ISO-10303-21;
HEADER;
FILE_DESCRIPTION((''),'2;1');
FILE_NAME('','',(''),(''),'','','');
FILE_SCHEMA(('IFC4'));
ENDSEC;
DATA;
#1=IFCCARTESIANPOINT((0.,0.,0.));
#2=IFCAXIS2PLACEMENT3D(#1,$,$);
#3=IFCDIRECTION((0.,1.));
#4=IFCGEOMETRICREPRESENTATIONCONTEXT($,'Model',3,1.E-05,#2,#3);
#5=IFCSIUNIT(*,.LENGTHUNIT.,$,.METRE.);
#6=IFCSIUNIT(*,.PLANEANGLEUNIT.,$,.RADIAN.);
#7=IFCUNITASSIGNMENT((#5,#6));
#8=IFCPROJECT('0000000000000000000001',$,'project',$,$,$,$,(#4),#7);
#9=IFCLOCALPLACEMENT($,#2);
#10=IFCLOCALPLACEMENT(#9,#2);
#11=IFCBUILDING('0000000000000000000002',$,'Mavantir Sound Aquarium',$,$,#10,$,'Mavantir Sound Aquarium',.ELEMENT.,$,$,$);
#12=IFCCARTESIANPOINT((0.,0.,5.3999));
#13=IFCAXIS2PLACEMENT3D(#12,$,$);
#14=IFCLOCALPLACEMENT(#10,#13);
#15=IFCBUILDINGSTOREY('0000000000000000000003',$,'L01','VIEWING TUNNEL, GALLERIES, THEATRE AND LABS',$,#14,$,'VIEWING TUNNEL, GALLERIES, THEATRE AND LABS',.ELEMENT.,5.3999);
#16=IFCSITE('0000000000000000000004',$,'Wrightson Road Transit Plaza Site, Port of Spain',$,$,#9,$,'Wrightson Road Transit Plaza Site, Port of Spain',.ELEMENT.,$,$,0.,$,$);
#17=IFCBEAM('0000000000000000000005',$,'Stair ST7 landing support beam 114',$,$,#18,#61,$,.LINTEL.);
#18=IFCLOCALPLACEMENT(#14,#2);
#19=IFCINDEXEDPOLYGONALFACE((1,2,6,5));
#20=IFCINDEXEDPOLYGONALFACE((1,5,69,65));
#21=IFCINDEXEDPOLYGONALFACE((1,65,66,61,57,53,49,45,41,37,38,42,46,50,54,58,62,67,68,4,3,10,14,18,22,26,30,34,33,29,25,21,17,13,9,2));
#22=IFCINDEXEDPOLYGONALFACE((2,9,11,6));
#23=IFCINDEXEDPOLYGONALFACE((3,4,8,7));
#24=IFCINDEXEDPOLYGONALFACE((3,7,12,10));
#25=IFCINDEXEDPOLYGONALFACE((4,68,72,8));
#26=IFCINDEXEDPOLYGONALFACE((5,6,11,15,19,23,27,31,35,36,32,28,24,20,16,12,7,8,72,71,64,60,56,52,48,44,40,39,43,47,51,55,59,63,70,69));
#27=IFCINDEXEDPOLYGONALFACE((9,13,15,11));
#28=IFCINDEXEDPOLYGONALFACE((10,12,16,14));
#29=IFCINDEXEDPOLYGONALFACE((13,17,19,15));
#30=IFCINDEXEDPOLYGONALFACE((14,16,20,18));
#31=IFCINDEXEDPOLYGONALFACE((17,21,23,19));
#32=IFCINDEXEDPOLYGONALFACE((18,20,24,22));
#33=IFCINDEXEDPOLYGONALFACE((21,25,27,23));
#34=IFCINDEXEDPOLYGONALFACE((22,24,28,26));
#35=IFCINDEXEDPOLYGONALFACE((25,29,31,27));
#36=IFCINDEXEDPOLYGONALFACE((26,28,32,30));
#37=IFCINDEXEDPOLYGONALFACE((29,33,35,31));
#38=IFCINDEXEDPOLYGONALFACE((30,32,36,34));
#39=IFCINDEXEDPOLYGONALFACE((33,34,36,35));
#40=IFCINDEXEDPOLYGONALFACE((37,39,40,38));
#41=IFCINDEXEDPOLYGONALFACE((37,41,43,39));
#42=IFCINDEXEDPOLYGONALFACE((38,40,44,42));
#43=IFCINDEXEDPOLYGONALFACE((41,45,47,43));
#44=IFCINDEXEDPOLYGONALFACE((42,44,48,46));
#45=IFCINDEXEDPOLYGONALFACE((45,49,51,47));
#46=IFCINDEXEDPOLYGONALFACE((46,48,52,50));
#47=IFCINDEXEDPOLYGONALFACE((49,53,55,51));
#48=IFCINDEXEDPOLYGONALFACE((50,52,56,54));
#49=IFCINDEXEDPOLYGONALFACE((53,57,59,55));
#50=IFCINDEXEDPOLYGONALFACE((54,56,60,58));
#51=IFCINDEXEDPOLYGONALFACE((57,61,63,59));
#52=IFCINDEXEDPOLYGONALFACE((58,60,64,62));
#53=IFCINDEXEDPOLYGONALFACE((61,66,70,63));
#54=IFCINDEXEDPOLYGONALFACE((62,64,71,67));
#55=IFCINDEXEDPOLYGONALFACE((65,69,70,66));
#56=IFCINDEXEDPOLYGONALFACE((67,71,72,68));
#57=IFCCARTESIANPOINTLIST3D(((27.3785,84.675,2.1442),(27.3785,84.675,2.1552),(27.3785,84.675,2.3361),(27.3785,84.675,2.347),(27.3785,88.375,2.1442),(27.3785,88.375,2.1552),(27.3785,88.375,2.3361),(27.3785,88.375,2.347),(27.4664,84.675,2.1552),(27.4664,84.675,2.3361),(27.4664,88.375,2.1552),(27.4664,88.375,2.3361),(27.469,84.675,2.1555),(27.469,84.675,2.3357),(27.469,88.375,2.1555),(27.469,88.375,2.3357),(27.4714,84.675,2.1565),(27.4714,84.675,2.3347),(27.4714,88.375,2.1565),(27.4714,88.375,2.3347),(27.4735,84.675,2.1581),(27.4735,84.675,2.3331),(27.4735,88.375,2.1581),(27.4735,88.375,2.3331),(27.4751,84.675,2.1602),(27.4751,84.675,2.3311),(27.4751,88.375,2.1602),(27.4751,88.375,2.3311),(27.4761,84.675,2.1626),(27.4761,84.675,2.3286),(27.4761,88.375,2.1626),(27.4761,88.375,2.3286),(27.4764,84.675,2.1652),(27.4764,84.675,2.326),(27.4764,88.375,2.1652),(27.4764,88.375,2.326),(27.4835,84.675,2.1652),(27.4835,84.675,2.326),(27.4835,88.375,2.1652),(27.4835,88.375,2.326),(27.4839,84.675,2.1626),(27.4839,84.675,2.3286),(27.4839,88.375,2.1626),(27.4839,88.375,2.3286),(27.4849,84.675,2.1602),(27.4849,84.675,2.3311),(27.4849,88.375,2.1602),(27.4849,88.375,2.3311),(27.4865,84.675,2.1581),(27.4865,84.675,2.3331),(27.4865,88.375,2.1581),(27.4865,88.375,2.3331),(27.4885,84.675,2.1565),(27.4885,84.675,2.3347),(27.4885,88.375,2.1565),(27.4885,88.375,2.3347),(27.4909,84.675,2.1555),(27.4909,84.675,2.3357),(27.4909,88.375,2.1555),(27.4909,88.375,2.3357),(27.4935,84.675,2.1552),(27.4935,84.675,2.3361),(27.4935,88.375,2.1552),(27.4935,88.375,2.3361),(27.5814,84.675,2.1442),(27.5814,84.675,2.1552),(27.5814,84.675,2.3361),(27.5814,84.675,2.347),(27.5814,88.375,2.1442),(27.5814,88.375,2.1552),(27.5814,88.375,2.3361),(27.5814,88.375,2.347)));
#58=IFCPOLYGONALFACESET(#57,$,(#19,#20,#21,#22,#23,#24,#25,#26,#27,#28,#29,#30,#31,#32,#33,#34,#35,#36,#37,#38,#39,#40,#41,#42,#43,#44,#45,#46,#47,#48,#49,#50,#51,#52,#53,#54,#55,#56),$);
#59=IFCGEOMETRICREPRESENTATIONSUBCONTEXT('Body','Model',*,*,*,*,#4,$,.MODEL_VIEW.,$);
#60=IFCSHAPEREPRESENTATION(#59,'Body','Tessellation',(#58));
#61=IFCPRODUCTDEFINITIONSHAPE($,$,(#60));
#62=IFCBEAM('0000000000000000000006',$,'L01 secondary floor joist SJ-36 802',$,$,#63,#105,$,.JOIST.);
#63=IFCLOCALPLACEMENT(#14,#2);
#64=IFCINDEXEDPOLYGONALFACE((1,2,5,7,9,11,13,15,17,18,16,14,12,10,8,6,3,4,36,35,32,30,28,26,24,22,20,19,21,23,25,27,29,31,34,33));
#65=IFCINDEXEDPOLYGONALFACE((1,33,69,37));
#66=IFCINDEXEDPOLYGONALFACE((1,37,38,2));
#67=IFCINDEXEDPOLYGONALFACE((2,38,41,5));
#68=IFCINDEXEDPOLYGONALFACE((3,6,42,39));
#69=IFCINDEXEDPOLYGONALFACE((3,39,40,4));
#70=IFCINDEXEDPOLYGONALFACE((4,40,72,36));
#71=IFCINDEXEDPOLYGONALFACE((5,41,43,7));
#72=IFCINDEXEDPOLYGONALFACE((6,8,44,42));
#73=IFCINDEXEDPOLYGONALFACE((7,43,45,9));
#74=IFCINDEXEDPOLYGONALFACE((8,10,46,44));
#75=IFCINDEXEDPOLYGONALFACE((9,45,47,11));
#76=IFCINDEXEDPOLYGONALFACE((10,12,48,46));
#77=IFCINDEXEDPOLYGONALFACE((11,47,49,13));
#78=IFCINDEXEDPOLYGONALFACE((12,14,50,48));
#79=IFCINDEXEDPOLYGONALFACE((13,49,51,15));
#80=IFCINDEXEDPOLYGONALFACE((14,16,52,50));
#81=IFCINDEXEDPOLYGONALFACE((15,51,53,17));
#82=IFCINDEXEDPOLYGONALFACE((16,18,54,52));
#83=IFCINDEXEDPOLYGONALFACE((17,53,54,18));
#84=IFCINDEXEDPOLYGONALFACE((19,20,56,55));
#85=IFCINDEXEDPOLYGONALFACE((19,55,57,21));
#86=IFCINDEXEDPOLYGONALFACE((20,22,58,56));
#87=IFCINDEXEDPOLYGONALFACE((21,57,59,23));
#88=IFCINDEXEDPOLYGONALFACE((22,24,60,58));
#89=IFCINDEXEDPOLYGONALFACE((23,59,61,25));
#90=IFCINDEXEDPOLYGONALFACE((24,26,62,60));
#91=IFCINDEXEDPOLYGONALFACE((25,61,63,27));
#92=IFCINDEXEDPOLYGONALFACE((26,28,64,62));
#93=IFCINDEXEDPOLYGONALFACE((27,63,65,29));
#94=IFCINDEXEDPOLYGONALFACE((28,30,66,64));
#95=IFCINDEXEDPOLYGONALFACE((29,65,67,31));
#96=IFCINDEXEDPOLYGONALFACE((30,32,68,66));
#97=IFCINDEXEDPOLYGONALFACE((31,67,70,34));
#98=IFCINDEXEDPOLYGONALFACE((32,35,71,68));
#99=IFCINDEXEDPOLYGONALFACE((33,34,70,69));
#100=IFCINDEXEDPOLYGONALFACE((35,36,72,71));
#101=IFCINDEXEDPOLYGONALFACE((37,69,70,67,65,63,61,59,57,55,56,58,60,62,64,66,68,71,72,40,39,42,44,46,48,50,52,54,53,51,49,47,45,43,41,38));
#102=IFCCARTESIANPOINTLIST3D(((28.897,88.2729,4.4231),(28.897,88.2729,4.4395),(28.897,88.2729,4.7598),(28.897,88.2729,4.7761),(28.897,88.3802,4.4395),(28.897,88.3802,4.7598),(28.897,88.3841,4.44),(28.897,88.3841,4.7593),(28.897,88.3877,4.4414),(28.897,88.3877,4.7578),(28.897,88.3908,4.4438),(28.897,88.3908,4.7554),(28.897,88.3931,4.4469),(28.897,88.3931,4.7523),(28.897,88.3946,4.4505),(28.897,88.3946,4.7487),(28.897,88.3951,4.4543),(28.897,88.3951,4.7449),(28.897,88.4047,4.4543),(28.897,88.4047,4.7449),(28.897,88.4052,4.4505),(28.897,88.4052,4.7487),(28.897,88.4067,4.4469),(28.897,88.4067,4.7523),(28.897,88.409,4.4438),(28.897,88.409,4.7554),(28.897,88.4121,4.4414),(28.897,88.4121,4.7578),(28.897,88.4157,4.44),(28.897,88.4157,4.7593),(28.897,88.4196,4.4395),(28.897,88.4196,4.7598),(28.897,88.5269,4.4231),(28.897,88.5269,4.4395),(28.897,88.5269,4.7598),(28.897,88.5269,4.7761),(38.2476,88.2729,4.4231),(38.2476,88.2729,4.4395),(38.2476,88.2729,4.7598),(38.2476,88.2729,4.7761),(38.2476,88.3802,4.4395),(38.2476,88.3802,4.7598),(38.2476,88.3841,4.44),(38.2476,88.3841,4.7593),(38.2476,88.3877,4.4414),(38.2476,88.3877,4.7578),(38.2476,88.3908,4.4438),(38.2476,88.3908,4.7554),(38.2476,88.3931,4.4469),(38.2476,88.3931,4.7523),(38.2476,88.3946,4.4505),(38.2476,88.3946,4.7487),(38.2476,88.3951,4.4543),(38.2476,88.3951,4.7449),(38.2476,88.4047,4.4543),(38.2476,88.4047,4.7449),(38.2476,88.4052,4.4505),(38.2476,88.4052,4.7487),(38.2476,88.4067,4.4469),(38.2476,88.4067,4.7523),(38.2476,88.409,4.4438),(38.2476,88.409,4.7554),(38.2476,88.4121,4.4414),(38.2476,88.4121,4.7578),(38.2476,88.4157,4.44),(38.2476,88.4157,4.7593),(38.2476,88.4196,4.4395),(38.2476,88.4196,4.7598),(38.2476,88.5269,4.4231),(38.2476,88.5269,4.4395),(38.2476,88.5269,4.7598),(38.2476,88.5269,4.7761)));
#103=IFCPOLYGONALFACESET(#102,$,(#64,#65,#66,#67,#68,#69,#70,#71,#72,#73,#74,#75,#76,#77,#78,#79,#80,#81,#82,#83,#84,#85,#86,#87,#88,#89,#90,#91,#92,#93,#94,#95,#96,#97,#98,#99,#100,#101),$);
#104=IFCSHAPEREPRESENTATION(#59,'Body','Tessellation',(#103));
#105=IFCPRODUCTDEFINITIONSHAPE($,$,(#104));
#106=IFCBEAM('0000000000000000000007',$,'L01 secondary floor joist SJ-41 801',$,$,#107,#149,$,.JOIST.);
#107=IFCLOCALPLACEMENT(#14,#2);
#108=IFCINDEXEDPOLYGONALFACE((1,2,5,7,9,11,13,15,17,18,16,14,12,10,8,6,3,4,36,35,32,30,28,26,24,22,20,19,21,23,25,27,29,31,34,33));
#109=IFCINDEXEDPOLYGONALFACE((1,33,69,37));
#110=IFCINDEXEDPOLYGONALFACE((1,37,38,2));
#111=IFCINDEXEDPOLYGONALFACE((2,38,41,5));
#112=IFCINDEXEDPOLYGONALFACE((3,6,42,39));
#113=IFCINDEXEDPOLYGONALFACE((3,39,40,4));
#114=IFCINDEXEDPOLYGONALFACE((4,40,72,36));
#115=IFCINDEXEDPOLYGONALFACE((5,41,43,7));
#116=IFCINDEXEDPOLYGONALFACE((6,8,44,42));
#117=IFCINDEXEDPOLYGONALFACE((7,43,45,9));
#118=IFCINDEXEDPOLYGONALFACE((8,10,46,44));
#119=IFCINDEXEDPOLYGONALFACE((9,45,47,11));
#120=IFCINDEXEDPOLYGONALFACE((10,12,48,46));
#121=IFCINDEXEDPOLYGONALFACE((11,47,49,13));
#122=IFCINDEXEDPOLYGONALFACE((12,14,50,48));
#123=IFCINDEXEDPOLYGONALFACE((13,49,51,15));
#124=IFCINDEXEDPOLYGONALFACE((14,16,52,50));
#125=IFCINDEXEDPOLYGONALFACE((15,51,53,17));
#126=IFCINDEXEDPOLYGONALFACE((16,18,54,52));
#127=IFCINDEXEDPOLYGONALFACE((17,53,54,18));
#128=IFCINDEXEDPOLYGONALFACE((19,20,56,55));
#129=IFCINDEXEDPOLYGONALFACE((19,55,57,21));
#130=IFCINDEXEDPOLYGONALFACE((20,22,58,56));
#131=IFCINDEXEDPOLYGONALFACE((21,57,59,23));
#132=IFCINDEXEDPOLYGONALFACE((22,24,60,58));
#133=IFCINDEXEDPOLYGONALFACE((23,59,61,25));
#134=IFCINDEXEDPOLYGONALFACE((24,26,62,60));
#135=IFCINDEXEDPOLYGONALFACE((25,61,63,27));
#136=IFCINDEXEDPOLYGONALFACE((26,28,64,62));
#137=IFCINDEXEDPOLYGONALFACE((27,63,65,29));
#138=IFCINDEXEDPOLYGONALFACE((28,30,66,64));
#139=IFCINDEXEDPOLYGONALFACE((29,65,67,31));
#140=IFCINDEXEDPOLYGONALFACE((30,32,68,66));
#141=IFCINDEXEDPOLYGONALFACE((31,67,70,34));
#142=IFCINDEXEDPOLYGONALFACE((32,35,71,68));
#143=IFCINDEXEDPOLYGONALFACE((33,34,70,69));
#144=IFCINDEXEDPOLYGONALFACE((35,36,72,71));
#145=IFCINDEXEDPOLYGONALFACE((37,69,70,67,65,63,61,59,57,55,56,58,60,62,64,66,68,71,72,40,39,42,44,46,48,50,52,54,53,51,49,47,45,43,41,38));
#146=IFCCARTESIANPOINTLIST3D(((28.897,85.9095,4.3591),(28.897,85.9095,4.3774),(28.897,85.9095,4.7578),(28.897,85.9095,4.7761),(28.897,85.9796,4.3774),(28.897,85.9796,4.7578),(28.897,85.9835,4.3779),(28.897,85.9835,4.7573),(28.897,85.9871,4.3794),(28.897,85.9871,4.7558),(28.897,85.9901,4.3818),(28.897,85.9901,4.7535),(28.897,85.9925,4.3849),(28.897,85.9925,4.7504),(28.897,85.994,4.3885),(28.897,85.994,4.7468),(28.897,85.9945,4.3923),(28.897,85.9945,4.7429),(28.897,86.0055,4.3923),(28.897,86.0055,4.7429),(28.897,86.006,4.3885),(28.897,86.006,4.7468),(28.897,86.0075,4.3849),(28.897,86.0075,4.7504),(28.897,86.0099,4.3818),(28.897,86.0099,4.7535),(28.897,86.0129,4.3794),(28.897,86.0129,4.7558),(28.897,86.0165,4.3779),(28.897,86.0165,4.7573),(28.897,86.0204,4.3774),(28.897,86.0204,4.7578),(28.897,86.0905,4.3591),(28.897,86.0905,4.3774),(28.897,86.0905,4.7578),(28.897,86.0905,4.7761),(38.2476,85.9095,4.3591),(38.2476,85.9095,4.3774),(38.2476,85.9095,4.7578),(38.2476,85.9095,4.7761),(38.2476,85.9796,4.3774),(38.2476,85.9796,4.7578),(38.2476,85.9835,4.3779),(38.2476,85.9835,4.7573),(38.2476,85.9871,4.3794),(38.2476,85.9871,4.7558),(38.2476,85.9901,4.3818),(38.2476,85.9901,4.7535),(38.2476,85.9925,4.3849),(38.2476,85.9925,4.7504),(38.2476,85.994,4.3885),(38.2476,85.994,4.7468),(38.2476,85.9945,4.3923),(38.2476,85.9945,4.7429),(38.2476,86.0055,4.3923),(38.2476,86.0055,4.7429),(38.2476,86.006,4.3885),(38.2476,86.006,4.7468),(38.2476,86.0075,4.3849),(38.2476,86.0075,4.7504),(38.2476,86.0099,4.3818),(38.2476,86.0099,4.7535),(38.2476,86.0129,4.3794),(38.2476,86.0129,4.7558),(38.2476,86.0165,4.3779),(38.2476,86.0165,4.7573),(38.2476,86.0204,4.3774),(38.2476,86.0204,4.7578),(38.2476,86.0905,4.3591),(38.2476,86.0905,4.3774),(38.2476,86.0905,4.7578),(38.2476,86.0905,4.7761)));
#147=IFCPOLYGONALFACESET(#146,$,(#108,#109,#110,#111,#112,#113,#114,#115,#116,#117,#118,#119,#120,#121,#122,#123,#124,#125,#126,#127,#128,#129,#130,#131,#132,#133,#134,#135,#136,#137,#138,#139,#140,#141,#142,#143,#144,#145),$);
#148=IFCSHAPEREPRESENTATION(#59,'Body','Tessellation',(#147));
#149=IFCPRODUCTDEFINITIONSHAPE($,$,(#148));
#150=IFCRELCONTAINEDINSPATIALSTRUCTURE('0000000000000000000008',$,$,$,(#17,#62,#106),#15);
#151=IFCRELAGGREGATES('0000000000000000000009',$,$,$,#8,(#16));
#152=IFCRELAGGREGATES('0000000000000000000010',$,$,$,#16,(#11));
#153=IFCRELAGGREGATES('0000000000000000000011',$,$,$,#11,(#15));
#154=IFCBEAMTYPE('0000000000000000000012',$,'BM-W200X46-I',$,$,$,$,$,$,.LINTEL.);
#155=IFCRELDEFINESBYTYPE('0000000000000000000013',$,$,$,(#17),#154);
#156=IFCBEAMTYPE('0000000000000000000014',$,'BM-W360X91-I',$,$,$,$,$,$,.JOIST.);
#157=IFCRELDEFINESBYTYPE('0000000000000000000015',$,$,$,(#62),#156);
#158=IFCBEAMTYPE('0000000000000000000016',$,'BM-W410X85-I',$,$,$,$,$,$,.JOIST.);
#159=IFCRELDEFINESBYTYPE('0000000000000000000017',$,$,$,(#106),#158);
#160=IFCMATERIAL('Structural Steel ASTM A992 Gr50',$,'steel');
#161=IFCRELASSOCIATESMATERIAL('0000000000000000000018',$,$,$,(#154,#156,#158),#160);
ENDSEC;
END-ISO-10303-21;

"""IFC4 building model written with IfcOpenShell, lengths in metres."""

from ifc_helpers import new_model, si_unit, direction, frame, origin, origin_2d, place, context, subcontext, project, spatial, i_section, extrude, material, material_profile, profile_set, type_object, element, save


model = new_model("IFC4")

# Units and contexts
model_context = context("Model", 3, precision=1e-05, world=origin(), true_north=direction((0.0, 1.0)))
body_context = subcontext(model_context, "Body", "Model", "MODEL_VIEW")
ifc_project = project(units=[si_unit("LENGTHUNIT", "METRE"), si_unit("PLANEANGLEUNIT", "RADIAN")], contexts=[model_context])

# Site, building, storey
site_placement = place(None, origin())
site = spatial("IfcSite", under=ifc_project, at=site_placement, Name="Wrightson Road Transit Plaza Site, Port of Spain", LongName="Wrightson Road Transit Plaza Site, Port of Spain", CompositionType="ELEMENT", RefElevation=0.0)
building_placement = place(site_placement, origin())
building = spatial("IfcBuilding", under=site, at=building_placement, Name="Mavantir Sound Aquarium", LongName="Mavantir Sound Aquarium", CompositionType="ELEMENT")
storey_placement = place(building_placement, frame((0.0, 0.0, 5.3999)))
storey = spatial("IfcBuildingStorey", under=building, at=storey_placement, Name="L01", Description="VIEWING TUNNEL, GALLERIES, THEATRE AND LABS", LongName="VIEWING TUNNEL, GALLERIES, THEATRE AND LABS", CompositionType="ELEMENT", Elevation=5.3999)

# Beams
ifc_material_1 = material(Name="Structural Steel ASTM A992 Gr50", Category="steel")
ifc_material_profile_1 = material_profile(ifc_material_1, i_section(OverallWidth=0.2029, OverallDepth=0.2029, WebThickness=0.0071, FlangeThickness=0.011, FilletRadius=0.01, at=origin_2d()), Name="W200X46")
ifc_profile_set_1 = profile_set([ifc_material_profile_1], Name="Structural Steel ASTM A992 Gr50")
beam_type_1 = type_object("IfcBeamType", Name="BM-W200X46-I", PredefinedType="LINTEL", material=ifc_profile_set_1)
for number, where, z_axis, x_axis, name in (
    (1, (27.48, 84.675, 2.2456), (0.0, 1.0, 0.0), (-1.0, 0.0, 0.0), "Stair ST7 landing support beam 114"),
):
    element("IfcBeam", number, at=place(storey_placement, frame(where, z_axis=z_axis, x_axis=x_axis)), inside=storey, type_object=beam_type_1, Name=name, PredefinedType="LINTEL", context=body_context, shape_type="SweptSolid", body=[
        extrude(i_section(OverallWidth=0.2029, OverallDepth=0.2029, WebThickness=0.0071, FlangeThickness=0.011, FilletRadius=0.01, at=origin_2d()), origin(), (0.0, 0.0, 1.0), 3.7),
    ])
ifc_material_profile_2 = material_profile(ifc_material_1, i_section(OverallWidth=0.2539, OverallDepth=0.353, WebThickness=0.0095, FlangeThickness=0.0164, FilletRadius=0.0149, at=origin_2d()), Name="W360X91")
ifc_profile_set_2 = profile_set([ifc_material_profile_2], Name="Structural Steel ASTM A992 Gr50")
beam_type_2 = type_object("IfcBeamType", Name="BM-W360X91-I", PredefinedType="JOIST", material=ifc_profile_set_2)
beam_1_placement = place(storey_placement, frame((28.897, 88.3999, 4.5996), z_axis=(1.0, 0.0, 0.0), x_axis=(0.0, 1.0, 0.0)))
element("IfcBeam", 2, at=beam_1_placement, inside=storey, type_object=beam_type_2, Name="L01 secondary floor joist SJ-36 802", PredefinedType="JOIST", context=body_context, shape_type="SweptSolid", body=[
    extrude(i_section(OverallWidth=0.2539, OverallDepth=0.353, WebThickness=0.0095, FlangeThickness=0.0164, FilletRadius=0.0149, at=origin_2d()), origin(), (0.0, 0.0, 1.0), 9.3506),
])
ifc_material_profile_3 = material_profile(ifc_material_1, i_section(OverallWidth=0.1809, OverallDepth=0.417, WebThickness=0.011, FlangeThickness=0.0183, FilletRadius=0.0149, at=origin_2d()), Name="W410X85")
ifc_profile_set_3 = profile_set([ifc_material_profile_3], Name="Structural Steel ASTM A992 Gr50")
beam_type_3 = type_object("IfcBeamType", Name="BM-W410X85-I", PredefinedType="JOIST", material=ifc_profile_set_3)
beam_2_placement = place(storey_placement, frame((28.897, 86.0, 4.5676), z_axis=(1.0, 0.0, 0.0), x_axis=(0.0, 1.0, 0.0)))
element("IfcBeam", 3, at=beam_2_placement, inside=storey, type_object=beam_type_3, Name="L01 secondary floor joist SJ-41 801", PredefinedType="JOIST", context=body_context, shape_type="SweptSolid", body=[
    extrude(i_section(OverallWidth=0.1809, OverallDepth=0.417, WebThickness=0.011, FlangeThickness=0.0183, FilletRadius=0.0149, at=origin_2d()), origin(), (0.0, 0.0, 1.0), 9.3506),
])

save(model, "model.ifc")
